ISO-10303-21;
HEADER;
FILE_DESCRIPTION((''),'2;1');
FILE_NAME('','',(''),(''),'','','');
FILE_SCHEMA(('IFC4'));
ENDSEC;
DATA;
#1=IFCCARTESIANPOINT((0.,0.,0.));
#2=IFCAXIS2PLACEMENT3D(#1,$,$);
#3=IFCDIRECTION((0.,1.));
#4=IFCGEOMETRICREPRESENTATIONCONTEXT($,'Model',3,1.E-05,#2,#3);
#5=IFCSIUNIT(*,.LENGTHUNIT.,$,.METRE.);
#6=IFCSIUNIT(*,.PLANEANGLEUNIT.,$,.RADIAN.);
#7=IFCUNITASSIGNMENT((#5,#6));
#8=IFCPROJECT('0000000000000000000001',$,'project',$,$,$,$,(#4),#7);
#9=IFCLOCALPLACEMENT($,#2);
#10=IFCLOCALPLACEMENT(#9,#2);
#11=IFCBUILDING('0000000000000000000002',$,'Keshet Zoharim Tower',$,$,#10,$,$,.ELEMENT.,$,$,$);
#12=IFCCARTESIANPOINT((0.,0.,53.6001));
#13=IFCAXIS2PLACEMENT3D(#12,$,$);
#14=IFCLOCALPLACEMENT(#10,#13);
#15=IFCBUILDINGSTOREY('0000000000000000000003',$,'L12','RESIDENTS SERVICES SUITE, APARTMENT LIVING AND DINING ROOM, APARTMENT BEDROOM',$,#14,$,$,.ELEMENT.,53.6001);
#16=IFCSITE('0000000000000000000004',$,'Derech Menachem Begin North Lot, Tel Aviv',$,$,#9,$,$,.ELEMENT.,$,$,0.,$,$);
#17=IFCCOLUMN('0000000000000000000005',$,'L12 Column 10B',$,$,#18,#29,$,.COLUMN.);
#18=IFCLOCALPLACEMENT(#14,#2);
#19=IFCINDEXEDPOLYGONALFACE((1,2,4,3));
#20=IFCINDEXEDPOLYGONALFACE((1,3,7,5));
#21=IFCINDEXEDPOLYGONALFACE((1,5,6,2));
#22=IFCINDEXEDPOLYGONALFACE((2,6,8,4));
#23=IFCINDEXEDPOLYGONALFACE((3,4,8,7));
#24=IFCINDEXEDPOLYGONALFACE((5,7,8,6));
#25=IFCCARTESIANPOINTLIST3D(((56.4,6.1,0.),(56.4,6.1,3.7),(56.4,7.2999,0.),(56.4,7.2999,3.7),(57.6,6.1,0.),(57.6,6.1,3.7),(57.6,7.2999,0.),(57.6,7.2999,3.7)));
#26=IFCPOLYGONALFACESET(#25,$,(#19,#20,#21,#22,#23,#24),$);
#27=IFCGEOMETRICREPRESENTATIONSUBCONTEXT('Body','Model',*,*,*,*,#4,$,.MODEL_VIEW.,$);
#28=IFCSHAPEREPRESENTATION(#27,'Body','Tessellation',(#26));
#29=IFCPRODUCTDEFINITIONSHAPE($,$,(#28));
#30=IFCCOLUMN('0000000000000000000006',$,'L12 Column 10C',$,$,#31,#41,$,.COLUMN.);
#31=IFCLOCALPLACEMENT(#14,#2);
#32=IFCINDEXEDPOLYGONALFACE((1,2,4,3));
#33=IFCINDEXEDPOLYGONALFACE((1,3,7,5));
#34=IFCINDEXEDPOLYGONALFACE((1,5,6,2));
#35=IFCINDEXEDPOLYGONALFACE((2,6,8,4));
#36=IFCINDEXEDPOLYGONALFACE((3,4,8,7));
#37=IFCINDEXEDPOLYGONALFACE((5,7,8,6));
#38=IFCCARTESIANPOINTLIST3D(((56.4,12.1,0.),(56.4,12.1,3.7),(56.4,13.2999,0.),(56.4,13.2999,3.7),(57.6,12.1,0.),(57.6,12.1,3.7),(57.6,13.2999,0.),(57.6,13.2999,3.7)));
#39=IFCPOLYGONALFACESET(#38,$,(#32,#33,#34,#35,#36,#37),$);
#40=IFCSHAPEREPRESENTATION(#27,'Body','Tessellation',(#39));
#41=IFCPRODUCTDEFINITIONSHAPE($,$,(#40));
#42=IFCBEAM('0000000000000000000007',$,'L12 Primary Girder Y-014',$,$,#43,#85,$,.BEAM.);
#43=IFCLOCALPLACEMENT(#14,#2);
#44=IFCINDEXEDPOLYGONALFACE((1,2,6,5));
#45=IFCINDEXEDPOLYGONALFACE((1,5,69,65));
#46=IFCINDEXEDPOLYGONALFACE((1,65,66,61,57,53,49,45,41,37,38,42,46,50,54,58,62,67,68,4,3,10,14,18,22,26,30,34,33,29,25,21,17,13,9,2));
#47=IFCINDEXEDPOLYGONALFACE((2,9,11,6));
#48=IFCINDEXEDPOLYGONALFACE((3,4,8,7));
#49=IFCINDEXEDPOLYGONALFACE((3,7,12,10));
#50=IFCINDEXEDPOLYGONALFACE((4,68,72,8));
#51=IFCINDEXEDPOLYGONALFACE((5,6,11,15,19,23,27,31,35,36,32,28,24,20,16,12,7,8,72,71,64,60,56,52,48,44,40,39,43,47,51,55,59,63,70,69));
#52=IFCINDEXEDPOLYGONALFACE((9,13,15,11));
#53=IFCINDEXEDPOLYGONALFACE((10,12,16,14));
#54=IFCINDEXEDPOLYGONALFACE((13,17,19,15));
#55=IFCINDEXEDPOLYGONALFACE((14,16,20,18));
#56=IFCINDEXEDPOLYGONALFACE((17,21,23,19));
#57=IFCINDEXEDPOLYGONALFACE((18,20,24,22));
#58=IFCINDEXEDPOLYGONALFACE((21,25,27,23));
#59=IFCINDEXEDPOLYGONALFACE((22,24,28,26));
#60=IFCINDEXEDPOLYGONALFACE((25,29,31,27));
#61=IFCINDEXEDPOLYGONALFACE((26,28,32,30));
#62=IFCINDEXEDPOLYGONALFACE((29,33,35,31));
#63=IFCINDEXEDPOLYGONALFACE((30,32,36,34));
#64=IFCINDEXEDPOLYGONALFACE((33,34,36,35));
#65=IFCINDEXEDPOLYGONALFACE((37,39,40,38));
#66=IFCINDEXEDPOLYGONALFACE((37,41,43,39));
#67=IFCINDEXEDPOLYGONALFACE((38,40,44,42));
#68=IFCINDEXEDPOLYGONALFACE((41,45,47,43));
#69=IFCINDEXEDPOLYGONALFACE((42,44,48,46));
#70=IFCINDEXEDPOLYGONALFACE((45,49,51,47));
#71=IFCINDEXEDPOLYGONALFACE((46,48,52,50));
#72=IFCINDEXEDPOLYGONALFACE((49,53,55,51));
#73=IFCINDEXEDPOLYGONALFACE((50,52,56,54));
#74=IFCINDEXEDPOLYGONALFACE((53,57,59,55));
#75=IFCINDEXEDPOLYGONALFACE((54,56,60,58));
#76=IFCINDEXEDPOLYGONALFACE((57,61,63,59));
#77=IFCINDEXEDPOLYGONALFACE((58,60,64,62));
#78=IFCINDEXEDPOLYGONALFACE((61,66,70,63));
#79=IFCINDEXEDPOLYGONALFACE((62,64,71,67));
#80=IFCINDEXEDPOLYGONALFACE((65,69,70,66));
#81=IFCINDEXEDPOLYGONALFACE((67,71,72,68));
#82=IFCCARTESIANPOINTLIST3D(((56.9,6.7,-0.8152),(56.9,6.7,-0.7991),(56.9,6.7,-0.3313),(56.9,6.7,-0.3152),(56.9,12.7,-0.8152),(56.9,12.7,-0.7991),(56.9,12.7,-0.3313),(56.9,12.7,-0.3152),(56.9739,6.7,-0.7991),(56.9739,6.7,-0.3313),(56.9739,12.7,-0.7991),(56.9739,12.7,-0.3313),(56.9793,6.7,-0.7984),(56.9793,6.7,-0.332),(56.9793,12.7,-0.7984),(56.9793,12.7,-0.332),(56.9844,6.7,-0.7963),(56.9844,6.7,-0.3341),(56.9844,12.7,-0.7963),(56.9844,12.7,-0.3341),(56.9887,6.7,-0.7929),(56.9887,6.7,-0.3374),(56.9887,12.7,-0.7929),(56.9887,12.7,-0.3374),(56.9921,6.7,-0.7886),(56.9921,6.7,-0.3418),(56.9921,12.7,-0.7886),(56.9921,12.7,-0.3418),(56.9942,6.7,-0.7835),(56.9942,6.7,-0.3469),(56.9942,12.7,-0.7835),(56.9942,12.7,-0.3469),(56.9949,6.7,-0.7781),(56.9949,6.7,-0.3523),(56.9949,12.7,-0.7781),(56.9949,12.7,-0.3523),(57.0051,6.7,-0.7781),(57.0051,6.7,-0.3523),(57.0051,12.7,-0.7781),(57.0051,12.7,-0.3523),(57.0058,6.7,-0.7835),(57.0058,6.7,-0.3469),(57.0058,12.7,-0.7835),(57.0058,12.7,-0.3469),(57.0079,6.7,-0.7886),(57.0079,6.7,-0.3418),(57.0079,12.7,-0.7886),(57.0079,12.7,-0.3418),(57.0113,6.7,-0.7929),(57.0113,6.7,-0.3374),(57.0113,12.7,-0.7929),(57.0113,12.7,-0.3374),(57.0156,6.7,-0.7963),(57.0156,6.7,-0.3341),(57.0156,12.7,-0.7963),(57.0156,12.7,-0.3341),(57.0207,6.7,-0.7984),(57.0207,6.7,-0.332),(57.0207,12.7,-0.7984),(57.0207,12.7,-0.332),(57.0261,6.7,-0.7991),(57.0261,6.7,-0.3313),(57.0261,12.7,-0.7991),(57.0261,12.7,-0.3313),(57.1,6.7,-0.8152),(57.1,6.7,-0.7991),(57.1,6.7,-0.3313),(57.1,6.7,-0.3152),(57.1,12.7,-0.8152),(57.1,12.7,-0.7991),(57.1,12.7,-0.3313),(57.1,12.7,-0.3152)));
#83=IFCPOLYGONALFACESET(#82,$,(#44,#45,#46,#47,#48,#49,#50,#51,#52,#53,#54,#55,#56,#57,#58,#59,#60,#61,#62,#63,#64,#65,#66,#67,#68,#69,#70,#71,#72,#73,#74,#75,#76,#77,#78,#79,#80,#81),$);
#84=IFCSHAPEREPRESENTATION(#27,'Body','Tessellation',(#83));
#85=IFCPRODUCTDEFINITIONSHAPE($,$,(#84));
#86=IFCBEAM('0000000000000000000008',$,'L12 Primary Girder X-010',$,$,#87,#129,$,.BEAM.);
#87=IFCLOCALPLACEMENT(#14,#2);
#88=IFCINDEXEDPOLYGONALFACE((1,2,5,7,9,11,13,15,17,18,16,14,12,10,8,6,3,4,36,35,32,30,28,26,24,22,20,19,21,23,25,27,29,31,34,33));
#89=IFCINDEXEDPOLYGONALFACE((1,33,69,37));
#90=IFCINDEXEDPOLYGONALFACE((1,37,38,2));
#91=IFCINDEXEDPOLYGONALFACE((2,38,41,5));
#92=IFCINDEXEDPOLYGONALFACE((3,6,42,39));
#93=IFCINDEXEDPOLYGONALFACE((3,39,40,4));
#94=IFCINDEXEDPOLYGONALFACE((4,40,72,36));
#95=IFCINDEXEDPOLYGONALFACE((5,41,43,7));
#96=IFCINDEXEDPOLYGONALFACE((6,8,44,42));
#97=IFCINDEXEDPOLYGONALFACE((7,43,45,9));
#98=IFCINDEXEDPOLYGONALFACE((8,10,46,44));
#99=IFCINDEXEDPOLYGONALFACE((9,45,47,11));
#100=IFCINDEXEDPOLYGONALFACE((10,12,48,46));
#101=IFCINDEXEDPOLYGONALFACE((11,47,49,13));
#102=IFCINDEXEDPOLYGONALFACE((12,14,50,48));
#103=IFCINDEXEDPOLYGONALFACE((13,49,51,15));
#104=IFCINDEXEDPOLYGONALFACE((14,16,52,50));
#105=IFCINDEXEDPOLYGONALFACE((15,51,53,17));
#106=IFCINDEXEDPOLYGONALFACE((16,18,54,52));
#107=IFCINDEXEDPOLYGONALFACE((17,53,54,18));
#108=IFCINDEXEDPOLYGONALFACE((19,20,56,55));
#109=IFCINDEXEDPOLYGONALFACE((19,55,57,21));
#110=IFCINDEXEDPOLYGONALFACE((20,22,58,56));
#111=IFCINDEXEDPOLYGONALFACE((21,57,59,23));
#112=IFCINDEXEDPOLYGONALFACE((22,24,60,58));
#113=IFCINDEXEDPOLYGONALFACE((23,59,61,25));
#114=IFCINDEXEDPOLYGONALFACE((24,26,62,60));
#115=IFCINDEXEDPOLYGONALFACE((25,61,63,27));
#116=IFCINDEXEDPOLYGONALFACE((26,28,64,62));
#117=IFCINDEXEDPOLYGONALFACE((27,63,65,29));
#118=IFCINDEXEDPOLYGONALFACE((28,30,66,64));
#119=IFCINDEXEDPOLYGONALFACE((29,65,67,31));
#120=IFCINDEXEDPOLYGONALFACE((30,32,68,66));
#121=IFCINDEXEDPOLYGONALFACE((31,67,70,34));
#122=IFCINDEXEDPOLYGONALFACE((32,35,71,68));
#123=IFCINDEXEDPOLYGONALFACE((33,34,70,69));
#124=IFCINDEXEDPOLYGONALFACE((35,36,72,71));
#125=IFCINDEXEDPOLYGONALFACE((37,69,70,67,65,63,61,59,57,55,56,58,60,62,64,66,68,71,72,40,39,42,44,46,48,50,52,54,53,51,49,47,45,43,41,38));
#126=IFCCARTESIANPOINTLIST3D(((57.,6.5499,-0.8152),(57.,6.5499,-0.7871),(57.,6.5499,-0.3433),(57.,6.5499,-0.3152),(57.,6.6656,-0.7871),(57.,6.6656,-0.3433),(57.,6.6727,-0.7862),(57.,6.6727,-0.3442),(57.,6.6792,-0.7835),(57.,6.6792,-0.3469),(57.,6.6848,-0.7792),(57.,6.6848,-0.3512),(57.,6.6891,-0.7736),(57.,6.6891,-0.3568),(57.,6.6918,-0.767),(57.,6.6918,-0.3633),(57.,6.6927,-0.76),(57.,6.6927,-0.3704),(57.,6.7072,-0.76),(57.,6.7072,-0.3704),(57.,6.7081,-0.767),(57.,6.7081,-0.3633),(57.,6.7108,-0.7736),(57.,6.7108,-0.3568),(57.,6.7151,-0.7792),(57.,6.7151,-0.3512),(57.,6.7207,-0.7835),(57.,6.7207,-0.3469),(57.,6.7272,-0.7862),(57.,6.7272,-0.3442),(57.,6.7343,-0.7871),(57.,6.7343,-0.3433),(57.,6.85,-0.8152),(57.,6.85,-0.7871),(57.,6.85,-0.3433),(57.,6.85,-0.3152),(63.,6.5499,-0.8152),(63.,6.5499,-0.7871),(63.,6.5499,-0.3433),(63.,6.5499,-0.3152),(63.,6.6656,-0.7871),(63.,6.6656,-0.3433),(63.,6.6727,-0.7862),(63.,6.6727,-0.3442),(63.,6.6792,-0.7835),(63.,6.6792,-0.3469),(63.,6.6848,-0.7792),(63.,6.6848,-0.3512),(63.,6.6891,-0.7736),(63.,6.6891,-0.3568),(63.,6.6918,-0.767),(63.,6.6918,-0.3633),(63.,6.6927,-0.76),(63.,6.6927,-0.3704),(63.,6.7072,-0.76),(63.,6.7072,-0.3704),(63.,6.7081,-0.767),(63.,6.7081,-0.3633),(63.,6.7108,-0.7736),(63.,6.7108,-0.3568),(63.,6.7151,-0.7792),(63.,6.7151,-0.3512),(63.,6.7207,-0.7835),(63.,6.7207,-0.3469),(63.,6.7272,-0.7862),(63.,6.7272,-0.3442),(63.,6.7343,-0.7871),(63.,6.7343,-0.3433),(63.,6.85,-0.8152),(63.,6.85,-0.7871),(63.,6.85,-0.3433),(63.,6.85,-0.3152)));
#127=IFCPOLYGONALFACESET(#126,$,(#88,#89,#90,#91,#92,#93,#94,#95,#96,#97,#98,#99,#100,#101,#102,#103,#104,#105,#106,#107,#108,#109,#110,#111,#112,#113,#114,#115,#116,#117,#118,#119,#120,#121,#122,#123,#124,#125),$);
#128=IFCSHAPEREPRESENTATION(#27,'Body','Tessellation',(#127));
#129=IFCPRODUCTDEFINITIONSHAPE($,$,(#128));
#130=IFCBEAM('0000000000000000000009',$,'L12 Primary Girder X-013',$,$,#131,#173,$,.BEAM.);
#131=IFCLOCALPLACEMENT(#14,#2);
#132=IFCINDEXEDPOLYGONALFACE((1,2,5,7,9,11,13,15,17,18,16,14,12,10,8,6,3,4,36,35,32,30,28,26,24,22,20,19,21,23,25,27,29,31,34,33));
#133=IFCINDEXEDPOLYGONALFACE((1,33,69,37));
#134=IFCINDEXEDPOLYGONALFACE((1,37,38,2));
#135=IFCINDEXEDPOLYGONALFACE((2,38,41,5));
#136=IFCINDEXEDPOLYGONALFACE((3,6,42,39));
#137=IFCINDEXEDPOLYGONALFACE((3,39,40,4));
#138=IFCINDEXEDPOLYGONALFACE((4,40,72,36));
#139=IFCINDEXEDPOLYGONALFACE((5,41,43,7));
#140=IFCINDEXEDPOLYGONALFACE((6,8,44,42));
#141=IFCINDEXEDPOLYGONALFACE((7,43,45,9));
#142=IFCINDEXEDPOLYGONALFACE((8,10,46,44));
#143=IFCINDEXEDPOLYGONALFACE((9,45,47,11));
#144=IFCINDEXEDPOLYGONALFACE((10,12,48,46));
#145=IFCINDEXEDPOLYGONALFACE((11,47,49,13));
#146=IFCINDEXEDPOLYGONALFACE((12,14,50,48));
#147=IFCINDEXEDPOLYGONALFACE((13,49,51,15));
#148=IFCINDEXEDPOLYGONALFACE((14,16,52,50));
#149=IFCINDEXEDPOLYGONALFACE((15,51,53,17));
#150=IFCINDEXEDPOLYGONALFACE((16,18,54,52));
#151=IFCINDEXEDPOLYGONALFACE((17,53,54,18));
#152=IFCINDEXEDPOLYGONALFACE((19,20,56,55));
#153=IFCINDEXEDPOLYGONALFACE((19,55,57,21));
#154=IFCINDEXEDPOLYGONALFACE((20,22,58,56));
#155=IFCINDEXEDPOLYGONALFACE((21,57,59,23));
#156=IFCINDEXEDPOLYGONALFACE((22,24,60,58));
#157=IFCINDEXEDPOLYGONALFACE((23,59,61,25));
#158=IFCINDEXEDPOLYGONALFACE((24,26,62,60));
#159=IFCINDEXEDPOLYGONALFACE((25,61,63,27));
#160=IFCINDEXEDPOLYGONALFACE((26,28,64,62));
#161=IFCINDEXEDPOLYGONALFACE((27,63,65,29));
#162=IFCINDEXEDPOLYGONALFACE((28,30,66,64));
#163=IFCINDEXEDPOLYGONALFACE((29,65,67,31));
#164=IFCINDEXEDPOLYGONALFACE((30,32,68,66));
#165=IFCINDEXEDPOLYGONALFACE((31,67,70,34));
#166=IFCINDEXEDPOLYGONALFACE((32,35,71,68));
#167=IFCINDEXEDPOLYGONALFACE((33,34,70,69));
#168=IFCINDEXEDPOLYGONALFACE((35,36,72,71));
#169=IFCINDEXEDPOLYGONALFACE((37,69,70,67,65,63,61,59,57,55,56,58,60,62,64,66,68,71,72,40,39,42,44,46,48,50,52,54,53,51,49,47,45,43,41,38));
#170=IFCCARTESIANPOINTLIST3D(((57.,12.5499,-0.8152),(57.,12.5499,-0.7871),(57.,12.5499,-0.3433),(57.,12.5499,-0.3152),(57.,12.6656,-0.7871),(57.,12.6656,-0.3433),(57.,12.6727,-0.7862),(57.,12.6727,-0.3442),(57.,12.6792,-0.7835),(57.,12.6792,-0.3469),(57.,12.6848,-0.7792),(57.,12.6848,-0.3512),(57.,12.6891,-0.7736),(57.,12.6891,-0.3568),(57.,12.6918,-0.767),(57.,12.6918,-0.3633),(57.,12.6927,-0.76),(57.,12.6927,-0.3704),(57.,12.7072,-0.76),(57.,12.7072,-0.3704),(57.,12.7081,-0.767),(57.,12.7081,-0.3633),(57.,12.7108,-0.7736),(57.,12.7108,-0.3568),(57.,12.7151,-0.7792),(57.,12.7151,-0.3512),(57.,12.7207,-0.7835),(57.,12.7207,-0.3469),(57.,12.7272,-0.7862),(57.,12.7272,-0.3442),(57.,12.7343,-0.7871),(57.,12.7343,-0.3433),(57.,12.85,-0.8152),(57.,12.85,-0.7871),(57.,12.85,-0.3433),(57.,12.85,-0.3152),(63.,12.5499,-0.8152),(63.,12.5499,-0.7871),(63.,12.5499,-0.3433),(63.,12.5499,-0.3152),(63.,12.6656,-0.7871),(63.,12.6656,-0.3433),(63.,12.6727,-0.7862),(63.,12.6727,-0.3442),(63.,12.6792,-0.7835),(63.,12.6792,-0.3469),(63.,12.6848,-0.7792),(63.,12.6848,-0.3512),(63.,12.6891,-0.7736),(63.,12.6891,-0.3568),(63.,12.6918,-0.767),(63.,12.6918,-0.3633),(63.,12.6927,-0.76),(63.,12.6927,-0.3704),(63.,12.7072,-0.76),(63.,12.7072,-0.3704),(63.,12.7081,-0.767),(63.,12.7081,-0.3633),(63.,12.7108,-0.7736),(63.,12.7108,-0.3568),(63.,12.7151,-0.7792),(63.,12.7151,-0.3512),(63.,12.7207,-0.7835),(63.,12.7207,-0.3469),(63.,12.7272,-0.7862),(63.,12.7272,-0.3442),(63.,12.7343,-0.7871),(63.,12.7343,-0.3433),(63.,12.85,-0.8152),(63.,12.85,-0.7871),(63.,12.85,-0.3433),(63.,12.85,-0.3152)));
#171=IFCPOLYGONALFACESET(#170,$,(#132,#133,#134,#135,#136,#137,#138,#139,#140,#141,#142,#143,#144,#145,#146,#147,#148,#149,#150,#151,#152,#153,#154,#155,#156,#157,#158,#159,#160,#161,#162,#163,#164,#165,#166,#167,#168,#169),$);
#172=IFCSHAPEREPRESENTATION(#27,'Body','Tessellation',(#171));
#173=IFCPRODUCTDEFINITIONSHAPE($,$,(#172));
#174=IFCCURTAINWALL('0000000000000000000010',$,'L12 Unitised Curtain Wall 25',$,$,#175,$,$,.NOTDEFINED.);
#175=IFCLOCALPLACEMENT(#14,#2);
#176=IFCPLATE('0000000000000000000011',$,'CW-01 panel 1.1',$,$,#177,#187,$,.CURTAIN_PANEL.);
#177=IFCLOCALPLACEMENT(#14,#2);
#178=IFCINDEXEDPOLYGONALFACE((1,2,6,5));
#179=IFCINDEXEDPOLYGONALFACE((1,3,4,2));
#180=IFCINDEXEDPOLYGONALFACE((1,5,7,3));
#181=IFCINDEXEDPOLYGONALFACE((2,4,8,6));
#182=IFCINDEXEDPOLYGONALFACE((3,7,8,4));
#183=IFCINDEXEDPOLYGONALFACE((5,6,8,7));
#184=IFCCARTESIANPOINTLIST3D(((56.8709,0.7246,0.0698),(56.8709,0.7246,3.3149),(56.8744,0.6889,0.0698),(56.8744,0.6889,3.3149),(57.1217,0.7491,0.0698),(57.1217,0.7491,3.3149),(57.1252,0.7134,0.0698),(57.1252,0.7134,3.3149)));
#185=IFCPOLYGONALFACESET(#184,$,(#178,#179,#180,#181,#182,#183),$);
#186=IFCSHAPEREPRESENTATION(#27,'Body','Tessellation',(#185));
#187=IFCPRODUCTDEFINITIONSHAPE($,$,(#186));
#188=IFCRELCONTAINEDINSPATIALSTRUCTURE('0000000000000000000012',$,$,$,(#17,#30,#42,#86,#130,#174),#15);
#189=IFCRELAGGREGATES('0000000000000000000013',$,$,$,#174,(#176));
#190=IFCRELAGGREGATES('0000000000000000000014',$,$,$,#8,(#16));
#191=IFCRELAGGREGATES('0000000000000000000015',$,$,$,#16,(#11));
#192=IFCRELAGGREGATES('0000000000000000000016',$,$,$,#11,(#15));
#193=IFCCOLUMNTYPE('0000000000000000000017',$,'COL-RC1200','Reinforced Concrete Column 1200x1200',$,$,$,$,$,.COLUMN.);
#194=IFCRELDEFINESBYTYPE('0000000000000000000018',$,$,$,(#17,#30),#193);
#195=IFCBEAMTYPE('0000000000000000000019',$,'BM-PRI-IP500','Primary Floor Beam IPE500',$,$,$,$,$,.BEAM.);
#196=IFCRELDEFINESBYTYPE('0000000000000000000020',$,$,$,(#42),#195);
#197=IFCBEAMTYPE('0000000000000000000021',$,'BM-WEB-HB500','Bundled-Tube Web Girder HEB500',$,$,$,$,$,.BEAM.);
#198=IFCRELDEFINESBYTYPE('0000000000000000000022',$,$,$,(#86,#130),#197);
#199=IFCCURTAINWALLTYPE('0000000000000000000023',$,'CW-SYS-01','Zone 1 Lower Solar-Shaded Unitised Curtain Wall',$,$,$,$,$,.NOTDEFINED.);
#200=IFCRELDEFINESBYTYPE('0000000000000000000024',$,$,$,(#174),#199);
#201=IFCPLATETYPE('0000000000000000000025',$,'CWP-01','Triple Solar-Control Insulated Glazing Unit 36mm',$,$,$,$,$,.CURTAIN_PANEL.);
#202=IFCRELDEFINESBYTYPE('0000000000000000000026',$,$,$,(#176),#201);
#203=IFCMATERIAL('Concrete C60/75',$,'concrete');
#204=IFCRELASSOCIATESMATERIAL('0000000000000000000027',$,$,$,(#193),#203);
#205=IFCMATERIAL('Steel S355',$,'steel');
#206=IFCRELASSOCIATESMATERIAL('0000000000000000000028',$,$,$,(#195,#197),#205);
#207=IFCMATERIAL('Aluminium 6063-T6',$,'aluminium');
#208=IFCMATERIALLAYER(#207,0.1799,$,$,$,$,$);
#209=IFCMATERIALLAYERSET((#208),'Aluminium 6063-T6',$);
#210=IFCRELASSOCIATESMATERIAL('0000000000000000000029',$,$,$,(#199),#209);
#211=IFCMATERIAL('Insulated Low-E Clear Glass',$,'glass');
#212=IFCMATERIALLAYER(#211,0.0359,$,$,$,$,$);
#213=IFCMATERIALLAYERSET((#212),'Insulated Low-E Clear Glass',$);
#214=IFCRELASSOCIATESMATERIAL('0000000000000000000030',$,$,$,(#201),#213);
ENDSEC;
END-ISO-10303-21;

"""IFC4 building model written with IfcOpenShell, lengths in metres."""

from ifc_helpers import new_model, si_unit, direction, frame, origin, origin_2d, place, context, subcontext, project, spatial, rectangle, i_section, extrude, material, layer, layer_set, material_profile, profile_set, type_object, element, aggregate, save


model = new_model("IFC4")

# Units and contexts
model_context = context("Model", 3, precision=1e-05, world=origin(), true_north=direction((0.0, 1.0)))
body_context = subcontext(model_context, "Body", "Model", "MODEL_VIEW")
ifc_project = project(units=[si_unit("LENGTHUNIT", "METRE"), si_unit("PLANEANGLEUNIT", "RADIAN")], contexts=[model_context])

# Site, building, storey
site_placement = place(None, origin())
site = spatial("IfcSite", under=ifc_project, at=site_placement, Name="Derech Menachem Begin North Lot, Tel Aviv", CompositionType="ELEMENT", RefElevation=0.0)
building_placement = place(site_placement, origin())
building = spatial("IfcBuilding", under=site, at=building_placement, Name="Keshet Zoharim Tower", CompositionType="ELEMENT")
storey_placement = place(building_placement, frame((0.0, 0.0, 53.6001)))
storey = spatial("IfcBuildingStorey", under=building, at=storey_placement, Name="L12", Description="RESIDENTS SERVICES SUITE, APARTMENT LIVING AND DINING ROOM, APARTMENT BEDROOM", CompositionType="ELEMENT", Elevation=53.6001)

# Columns
ifc_material_1 = material(Name="Concrete C60/75", Category="concrete")
ifc_material_profile_1 = material_profile(ifc_material_1, rectangle(XDim=1.2, YDim=1.2, at=origin_2d()), Name="RC1200x1200")
ifc_profile_set_1 = profile_set([ifc_material_profile_1], Name="Concrete C60/75")
column_type = type_object("IfcColumnType", Name="COL-RC1200", Description="Reinforced Concrete Column 1200x1200", PredefinedType="COLUMN", material=ifc_profile_set_1)
for number, where, z_axis, x_axis, name in (
    (1, (57.0, 6.7, 0.0), (0.0, 0.0, 1.0), (1.0, 0.0, 0.0), "L12 Column 10B"),
    (2, (57.0, 12.7, 0.0), (0.0, 0.0, 1.0), (1.0, 0.0, 0.0), "L12 Column 10C"),
):
    element("IfcColumn", number, at=place(storey_placement, frame(where, z_axis=z_axis, x_axis=x_axis)), inside=storey, type_object=column_type, Name=name, PredefinedType="COLUMN", context=body_context, shape_type="SweptSolid", body=[
        extrude(rectangle(XDim=1.2, YDim=1.2, at=origin_2d()), origin(), (0.0, 0.0, 1.0), 3.7),
    ])

# Beams
ifc_material_2 = material(Name="Steel S355", Category="steel")
ifc_material_profile_2 = material_profile(ifc_material_2, i_section(OverallWidth=0.2, OverallDepth=0.5, WebThickness=0.0103, FlangeThickness=0.0161, FilletRadius=0.021, at=origin_2d()), Name="IPE500")
ifc_profile_set_2 = profile_set([ifc_material_profile_2], Name="Steel S355")
beam_type_1 = type_object("IfcBeamType", Name="BM-PRI-IP500", Description="Primary Floor Beam IPE500", PredefinedType="BEAM", material=ifc_profile_set_2)
beam_placement = place(storey_placement, frame((57.0, 6.7, -0.5652), z_axis=(0.0, 1.0, 0.0), x_axis=(-1.0, 0.0, 0.0)))
element("IfcBeam", 3, at=beam_placement, inside=storey, type_object=beam_type_1, Name="L12 Primary Girder Y-014", PredefinedType="BEAM", context=body_context, shape_type="SweptSolid", body=[
    extrude(i_section(OverallWidth=0.2, OverallDepth=0.5, WebThickness=0.0103, FlangeThickness=0.0161, FilletRadius=0.021, at=origin_2d()), origin(), (0.0, 0.0, 1.0), 6.0),
])
ifc_material_profile_3 = material_profile(ifc_material_2, i_section(OverallWidth=0.3, OverallDepth=0.5, WebThickness=0.0144, FlangeThickness=0.0281, FilletRadius=0.0271, at=origin_2d()), Name="HEB500")
ifc_profile_set_3 = profile_set([ifc_material_profile_3], Name="Steel S355")
beam_type_2 = type_object("IfcBeamType", Name="BM-WEB-HB500", Description="Bundled-Tube Web Girder HEB500", PredefinedType="BEAM", material=ifc_profile_set_3)
for number, where, z_axis, x_axis, name in (
    (4, (57.0, 6.7, -0.5652), (1.0, 0.0, 0.0), (0.0, 1.0, 0.0), "L12 Primary Girder X-010"),
    (5, (57.0, 12.7, -0.5652), (1.0, 0.0, 0.0), (0.0, 1.0, 0.0), "L12 Primary Girder X-013"),
):
    element("IfcBeam", number, at=place(storey_placement, frame(where, z_axis=z_axis, x_axis=x_axis)), inside=storey, type_object=beam_type_2, Name=name, PredefinedType="BEAM", context=body_context, shape_type="SweptSolid", body=[
        extrude(i_section(OverallWidth=0.3, OverallDepth=0.5, WebThickness=0.0144, FlangeThickness=0.0281, FilletRadius=0.0271, at=origin_2d()), origin(), (0.0, 0.0, 1.0), 6.0),
    ])

# Curtain wall, plate
ifc_material_3 = material(Name="Aluminium 6063-T6", Category="aluminium")
ifc_layer_1 = layer(ifc_material_3, 0.1799)
ifc_layer_set_1 = layer_set([ifc_layer_1], Name="Aluminium 6063-T6")
curtain_wall_type = type_object("IfcCurtainWallType", Name="CW-SYS-01", Description="Zone 1 Lower Solar-Shaded Unitised Curtain Wall", PredefinedType="NOTDEFINED", material=ifc_layer_set_1)
curtain_wall_placement = place(storey_placement, origin())
curtain_wall = element("IfcCurtainWall", 6, at=curtain_wall_placement, inside=storey, type_object=curtain_wall_type, Name="L12 Unitised Curtain Wall 25", PredefinedType="NOTDEFINED")
ifc_material_4 = material(Name="Insulated Low-E Clear Glass", Category="glass")
ifc_layer_2 = layer(ifc_material_4, 0.0359)
ifc_layer_set_2 = layer_set([ifc_layer_2], Name="Insulated Low-E Clear Glass")
plate_type = type_object("IfcPlateType", Name="CWP-01", Description="Triple Solar-Control Insulated Glazing Unit 36mm", PredefinedType="CURTAIN_PANEL", material=ifc_layer_set_2)
plate_placement = place(storey_placement, frame((56.998, 0.719, 0.0698), z_axis=(0.0, 0.0, 1.0), x_axis=(-0.995287, -0.096977, 0.0)))
plate = element("IfcPlate", 7, at=plate_placement, type_object=plate_type, Name="CW-01 panel 1.1", PredefinedType="CURTAIN_PANEL", context=body_context, shape_type="SweptSolid", body=[
    extrude(rectangle(XDim=0.252, YDim=0.0359, at=origin_2d()), origin(), (0.0, 0.0, 1.0), 3.2451),
])
aggregate(curtain_wall, [plate])

save(model, "model.ifc")
